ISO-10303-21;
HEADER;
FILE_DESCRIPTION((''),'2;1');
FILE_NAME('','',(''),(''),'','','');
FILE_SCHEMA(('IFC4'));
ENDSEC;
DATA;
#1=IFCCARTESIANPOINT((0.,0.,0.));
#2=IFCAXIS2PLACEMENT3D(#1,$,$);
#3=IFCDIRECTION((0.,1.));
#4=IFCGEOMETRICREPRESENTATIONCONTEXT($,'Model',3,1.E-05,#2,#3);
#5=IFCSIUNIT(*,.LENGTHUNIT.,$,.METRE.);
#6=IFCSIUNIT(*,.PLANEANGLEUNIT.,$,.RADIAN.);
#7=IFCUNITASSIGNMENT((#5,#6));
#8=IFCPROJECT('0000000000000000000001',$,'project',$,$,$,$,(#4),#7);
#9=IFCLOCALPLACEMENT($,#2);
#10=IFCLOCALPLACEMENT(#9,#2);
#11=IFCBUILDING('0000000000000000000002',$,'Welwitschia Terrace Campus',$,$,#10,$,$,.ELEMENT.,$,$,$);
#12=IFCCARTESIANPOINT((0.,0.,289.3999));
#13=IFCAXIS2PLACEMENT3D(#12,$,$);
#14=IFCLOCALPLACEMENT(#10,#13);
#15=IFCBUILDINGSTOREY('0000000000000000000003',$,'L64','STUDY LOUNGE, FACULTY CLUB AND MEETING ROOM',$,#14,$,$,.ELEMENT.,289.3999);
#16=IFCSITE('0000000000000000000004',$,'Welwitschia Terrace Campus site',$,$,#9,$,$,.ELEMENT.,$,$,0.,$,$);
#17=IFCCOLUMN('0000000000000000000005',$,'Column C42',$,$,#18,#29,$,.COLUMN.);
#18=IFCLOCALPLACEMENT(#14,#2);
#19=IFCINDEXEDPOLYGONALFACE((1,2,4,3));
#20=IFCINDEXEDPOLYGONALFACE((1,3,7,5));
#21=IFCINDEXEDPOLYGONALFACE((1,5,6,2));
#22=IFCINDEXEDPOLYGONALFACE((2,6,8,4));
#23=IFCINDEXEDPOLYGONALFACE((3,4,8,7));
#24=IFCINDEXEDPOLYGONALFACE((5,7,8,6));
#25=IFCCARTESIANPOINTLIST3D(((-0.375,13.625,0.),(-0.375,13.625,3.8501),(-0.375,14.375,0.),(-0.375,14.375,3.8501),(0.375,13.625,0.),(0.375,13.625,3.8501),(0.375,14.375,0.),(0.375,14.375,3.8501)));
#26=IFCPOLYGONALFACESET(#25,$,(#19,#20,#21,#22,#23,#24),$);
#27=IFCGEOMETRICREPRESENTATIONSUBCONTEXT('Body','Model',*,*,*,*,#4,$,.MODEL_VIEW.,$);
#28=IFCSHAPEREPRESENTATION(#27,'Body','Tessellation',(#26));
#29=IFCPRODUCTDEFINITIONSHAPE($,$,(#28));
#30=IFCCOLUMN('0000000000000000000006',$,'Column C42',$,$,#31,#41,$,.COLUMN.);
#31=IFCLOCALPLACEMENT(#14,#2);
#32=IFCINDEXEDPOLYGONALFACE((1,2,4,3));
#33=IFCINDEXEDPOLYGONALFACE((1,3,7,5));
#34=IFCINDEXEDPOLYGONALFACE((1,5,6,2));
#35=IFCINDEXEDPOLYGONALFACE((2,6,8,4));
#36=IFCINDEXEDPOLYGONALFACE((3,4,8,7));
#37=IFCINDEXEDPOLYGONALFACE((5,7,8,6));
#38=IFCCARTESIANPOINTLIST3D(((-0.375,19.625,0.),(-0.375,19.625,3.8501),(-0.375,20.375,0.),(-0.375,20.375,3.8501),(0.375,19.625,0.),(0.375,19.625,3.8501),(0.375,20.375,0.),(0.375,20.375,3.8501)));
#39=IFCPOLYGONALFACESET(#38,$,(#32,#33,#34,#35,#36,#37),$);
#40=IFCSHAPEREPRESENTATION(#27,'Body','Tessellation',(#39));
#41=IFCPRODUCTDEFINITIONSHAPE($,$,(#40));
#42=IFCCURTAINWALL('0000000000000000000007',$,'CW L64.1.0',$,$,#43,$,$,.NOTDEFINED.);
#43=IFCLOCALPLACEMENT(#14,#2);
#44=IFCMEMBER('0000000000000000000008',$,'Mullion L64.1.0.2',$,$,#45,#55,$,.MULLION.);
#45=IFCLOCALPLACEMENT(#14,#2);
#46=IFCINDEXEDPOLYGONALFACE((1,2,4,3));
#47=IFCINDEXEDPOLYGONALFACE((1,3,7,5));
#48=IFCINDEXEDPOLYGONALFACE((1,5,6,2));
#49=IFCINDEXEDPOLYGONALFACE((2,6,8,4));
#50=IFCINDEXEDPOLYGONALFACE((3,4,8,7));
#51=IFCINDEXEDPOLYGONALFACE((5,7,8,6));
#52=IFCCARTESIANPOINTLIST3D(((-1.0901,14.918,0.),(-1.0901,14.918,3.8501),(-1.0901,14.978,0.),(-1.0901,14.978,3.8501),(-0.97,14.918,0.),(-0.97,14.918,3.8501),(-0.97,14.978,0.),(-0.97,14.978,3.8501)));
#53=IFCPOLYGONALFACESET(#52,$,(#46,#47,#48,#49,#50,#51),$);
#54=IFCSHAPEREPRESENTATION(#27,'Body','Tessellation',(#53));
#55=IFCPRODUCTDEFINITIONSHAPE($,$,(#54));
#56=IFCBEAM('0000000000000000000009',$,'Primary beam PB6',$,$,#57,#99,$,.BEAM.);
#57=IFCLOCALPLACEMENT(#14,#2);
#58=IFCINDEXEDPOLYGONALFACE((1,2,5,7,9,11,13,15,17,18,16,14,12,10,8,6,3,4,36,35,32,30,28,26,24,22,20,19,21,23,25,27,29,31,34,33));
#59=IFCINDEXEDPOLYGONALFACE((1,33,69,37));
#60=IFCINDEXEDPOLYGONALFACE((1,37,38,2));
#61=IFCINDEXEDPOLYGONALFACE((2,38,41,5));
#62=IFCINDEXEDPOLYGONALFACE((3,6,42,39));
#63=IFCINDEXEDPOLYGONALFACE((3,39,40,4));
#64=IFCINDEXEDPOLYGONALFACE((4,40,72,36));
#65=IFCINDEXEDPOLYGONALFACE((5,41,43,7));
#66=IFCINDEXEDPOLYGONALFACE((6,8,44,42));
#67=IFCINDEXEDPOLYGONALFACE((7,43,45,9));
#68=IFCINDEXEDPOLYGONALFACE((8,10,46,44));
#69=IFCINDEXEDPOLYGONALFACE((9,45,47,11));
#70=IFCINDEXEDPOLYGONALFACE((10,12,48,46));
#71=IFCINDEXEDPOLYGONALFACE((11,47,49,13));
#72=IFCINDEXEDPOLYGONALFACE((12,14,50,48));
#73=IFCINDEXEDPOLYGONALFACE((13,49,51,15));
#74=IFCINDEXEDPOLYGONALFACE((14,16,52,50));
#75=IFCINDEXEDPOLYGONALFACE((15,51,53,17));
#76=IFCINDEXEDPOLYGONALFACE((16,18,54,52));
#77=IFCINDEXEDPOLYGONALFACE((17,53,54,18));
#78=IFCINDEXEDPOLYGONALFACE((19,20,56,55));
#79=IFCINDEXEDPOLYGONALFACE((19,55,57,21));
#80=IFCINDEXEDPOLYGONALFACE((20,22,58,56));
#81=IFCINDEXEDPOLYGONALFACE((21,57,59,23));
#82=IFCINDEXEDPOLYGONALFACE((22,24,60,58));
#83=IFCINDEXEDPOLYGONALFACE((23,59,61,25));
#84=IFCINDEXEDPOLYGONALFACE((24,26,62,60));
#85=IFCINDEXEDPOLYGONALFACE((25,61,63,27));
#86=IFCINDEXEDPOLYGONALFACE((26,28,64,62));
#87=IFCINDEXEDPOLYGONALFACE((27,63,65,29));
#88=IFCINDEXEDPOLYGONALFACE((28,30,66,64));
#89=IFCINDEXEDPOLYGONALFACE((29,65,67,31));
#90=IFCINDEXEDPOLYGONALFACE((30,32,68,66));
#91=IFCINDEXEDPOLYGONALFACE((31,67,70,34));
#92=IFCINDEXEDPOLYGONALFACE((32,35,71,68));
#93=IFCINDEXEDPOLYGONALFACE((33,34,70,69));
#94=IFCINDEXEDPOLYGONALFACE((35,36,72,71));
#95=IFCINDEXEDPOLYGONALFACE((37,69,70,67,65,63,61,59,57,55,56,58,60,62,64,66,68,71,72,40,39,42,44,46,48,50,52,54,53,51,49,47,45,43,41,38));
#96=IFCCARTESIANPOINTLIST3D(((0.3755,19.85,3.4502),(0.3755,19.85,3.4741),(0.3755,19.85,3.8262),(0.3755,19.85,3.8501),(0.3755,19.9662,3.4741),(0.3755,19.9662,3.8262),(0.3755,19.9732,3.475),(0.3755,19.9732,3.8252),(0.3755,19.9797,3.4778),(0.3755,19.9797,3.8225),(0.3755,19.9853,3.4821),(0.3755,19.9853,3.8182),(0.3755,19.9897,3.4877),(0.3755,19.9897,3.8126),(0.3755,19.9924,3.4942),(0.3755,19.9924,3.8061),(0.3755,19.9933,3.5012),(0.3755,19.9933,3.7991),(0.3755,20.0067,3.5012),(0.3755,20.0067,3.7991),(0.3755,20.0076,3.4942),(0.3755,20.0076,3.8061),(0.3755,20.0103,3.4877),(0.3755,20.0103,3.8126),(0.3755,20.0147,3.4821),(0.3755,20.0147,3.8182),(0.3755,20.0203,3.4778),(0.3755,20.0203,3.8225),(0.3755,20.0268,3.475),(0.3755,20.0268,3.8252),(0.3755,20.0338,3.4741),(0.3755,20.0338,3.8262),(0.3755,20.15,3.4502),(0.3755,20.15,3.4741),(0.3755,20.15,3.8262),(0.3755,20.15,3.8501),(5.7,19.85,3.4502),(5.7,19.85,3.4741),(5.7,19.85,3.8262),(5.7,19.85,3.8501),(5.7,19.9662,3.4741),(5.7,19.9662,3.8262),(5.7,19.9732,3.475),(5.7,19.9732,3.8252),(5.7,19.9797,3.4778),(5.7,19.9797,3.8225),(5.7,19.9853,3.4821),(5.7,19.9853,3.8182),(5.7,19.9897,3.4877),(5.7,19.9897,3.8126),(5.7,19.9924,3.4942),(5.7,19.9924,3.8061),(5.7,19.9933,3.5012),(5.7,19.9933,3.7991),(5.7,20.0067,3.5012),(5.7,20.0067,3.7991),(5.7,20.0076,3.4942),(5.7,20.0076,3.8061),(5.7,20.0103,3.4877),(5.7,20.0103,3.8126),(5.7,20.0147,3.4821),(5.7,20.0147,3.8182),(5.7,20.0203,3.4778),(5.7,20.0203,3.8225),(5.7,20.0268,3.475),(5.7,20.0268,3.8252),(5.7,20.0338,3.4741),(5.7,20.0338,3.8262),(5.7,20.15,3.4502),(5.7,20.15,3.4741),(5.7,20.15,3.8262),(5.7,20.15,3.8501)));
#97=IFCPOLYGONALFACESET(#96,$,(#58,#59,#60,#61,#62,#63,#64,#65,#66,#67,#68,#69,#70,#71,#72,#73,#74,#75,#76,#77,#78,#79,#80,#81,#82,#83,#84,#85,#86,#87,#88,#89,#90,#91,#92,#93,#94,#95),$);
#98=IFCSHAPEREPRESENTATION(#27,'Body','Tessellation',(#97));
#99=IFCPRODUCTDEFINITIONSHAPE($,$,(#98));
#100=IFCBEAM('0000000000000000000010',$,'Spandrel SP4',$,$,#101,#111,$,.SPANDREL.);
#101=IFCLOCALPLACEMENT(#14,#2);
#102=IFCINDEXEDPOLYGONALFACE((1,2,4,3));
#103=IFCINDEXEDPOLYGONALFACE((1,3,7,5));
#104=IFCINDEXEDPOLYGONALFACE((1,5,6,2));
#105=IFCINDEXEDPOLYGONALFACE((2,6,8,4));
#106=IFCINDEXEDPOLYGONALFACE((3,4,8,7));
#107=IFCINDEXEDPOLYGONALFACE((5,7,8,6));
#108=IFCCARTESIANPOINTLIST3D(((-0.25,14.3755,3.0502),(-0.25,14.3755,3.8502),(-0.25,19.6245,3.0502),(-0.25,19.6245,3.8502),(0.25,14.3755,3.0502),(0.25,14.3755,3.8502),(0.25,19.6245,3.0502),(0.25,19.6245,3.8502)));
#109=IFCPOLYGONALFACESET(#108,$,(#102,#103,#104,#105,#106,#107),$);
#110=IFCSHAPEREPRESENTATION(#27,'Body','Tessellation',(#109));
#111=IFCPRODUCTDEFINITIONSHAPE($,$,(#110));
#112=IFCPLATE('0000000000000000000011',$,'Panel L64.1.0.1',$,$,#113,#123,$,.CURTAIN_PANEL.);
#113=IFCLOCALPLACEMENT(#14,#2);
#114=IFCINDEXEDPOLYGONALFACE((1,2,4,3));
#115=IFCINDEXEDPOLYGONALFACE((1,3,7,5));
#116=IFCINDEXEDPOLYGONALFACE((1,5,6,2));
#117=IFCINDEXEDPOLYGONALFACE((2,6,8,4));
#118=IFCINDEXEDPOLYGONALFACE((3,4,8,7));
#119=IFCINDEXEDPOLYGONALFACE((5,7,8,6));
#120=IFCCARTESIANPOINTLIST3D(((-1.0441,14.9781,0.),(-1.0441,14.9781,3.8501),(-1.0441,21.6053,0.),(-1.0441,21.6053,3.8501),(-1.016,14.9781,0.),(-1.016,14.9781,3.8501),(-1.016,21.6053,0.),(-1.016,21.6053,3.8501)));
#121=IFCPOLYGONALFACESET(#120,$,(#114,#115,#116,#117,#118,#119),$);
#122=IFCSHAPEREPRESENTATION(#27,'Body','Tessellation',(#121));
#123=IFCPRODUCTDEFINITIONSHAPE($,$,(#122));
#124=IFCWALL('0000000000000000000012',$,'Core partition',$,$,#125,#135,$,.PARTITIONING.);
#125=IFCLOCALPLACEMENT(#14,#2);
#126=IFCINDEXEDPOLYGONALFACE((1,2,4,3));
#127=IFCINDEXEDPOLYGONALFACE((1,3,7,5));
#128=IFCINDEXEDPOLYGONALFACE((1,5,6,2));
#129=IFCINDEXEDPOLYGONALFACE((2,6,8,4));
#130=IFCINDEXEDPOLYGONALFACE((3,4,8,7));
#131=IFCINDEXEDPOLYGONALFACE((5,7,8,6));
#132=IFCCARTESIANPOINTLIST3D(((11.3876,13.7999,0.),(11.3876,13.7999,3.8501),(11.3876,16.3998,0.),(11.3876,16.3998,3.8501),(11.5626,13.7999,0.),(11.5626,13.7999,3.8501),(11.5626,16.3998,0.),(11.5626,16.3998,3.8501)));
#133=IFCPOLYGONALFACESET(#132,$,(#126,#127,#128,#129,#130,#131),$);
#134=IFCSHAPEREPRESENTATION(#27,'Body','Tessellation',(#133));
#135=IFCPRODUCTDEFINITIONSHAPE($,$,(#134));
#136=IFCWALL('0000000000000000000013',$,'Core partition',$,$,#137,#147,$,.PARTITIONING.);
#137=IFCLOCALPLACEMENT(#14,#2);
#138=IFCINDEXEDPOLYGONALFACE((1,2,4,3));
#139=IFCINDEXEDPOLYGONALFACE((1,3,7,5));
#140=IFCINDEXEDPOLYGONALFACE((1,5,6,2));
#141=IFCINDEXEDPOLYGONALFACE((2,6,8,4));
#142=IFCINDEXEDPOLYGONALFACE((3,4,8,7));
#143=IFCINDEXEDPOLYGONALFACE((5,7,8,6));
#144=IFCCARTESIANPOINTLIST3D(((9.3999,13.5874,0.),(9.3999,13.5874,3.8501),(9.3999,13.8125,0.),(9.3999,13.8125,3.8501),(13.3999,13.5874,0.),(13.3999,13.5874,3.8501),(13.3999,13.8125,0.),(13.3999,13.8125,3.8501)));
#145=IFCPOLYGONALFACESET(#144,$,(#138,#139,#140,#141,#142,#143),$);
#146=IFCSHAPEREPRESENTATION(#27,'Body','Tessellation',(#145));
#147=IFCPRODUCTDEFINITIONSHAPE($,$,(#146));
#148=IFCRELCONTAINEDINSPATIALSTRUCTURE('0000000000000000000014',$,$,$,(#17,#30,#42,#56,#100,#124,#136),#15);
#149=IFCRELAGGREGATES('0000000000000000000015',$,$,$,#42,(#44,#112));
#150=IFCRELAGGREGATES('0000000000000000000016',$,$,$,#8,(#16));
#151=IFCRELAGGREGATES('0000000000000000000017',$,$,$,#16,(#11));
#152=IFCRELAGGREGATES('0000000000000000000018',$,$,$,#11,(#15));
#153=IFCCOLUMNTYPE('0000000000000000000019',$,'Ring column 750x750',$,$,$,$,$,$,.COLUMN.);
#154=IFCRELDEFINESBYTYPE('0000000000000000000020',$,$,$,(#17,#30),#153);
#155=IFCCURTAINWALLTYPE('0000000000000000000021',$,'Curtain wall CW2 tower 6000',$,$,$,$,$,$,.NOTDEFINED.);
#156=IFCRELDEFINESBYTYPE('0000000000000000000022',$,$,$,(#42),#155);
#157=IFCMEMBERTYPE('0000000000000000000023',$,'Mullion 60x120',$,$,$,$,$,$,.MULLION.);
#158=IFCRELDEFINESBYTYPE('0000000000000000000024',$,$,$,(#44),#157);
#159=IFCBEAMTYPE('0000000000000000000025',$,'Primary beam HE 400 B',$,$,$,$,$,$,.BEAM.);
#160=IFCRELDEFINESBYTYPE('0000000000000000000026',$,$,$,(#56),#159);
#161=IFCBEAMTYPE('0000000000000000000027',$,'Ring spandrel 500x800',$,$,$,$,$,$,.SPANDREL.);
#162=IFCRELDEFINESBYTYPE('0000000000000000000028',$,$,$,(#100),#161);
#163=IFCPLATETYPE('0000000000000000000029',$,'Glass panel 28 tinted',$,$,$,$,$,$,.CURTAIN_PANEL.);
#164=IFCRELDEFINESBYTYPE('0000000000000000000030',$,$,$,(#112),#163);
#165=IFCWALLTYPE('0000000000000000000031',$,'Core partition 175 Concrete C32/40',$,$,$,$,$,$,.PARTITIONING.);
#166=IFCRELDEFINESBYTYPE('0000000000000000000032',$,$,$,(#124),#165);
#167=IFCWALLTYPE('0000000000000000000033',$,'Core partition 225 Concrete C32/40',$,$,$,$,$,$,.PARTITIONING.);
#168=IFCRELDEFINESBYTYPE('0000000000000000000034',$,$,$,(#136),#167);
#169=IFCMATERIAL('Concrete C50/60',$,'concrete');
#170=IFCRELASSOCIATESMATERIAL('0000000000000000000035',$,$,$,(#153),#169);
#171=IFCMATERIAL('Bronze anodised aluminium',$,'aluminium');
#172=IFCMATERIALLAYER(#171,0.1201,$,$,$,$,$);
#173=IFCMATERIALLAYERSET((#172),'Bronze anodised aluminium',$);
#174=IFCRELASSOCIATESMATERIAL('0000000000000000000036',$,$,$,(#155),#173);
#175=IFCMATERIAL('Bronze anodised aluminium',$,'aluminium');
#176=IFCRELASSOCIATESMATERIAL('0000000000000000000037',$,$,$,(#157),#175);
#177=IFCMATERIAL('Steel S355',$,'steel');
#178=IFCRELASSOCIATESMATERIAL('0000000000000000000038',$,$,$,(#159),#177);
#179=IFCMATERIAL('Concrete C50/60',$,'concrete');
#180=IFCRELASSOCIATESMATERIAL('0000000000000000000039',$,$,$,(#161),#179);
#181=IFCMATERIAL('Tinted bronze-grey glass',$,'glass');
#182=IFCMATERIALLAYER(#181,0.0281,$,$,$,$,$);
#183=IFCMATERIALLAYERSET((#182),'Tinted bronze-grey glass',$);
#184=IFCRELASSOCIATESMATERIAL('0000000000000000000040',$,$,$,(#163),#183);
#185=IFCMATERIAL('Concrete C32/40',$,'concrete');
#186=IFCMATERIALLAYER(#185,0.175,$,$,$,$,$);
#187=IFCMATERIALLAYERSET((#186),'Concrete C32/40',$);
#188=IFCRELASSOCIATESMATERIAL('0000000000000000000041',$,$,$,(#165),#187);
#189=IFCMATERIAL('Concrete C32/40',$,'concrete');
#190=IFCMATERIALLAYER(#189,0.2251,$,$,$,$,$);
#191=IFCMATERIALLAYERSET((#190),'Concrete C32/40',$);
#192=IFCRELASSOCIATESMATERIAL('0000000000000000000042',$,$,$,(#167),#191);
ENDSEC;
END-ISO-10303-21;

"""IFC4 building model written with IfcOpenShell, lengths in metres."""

from ifc_helpers import new_model, si_unit, direction, frame, frame_2d, origin, origin_2d, place, context, subcontext, project, spatial, rectangle, i_section, extrude, material, layer, layer_set, material_profile, profile_set, type_object, element, aggregate, save


model = new_model("IFC4")

# Units and contexts
model_context = context("Model", 3, precision=1e-05, world=origin(), true_north=direction((0.0, 1.0)))
body_context = subcontext(model_context, "Body", "Model", "MODEL_VIEW")
ifc_project = project(units=[si_unit("LENGTHUNIT", "METRE"), si_unit("PLANEANGLEUNIT", "RADIAN")], contexts=[model_context])

# Site, building, storey
site_placement = place(None, origin())
site = spatial("IfcSite", under=ifc_project, at=site_placement, Name="Welwitschia Terrace Campus site", CompositionType="ELEMENT", RefElevation=0.0)
building_placement = place(site_placement, origin())
building = spatial("IfcBuilding", under=site, at=building_placement, Name="Welwitschia Terrace Campus", CompositionType="ELEMENT")
storey_placement = place(building_placement, frame((0.0, 0.0, 289.3999)))
storey = spatial("IfcBuildingStorey", under=building, at=storey_placement, Name="L64", Description="STUDY LOUNGE, FACULTY CLUB AND MEETING ROOM", CompositionType="ELEMENT", Elevation=289.3999)

# Columns
ifc_material_1 = material(Name="Concrete C50/60", Category="concrete")
ifc_material_profile_1 = material_profile(ifc_material_1, rectangle(XDim=0.75, YDim=0.75, at=origin_2d()))
ifc_profile_set_1 = profile_set([ifc_material_profile_1], Name="Concrete C50/60")
column_type = type_object("IfcColumnType", Name="Ring column 750x750", PredefinedType="COLUMN", material=ifc_profile_set_1)
for number, where, z_axis, x_axis, name in (
    (1, (0.0, 14.0, 0.0), (0.0, 0.0, 1.0), (1.0, 0.0, 0.0), "Column C42"),
    (2, (0.0, 20.0, 0.0), (0.0, 0.0, 1.0), (1.0, 0.0, 0.0), "Column C42"),
):
    element("IfcColumn", number, at=place(storey_placement, frame(where, z_axis=z_axis, x_axis=x_axis)), inside=storey, type_object=column_type, Name=name, PredefinedType="COLUMN", context=body_context, shape_type="SweptSolid", body=[
        extrude(rectangle(XDim=0.75, YDim=0.75, at=origin_2d()), origin(), (0.0, 0.0, 1.0), 3.8501),
    ])

# Curtain wall, member
ifc_material_2 = material(Name="Bronze anodised aluminium", Category="aluminium")
ifc_layer_1 = layer(ifc_material_2, 0.1201)
ifc_layer_set_1 = layer_set([ifc_layer_1], Name="Bronze anodised aluminium")
curtain_wall_type = type_object("IfcCurtainWallType", Name="Curtain wall CW2 tower 6000", PredefinedType="NOTDEFINED", material=ifc_layer_set_1)
curtain_wall_placement = place(storey_placement, origin())
curtain_wall = element("IfcCurtainWall", 3, at=curtain_wall_placement, inside=storey, type_object=curtain_wall_type, Name="CW L64.1.0", PredefinedType="NOTDEFINED")
ifc_material_3 = material(Name="Bronze anodised aluminium", Category="aluminium")
ifc_material_profile_2 = material_profile(ifc_material_3, rectangle(XDim=0.1201, YDim=0.0601, at=origin_2d()))
ifc_profile_set_2 = profile_set([ifc_material_profile_2], Name="Bronze anodised aluminium")
member_type = type_object("IfcMemberType", Name="Mullion 60x120", PredefinedType="MULLION", material=ifc_profile_set_2)
member_placement = place(storey_placement, frame((-1.03, 14.948, 0.0), z_axis=(0.0, 0.0, 1.0), x_axis=(1.0, 0.0, 0.0)))
member = element("IfcMember", 4, at=member_placement, type_object=member_type, Name="Mullion L64.1.0.2", PredefinedType="MULLION", context=body_context, shape_type="SweptSolid", body=[
    extrude(rectangle(XDim=0.1201, YDim=0.0601, at=origin_2d()), origin(), (0.0, 0.0, 1.0), 3.8501),
])

# Beams
ifc_material_4 = material(Name="Steel S355", Category="steel")
ifc_material_profile_3 = material_profile(ifc_material_4, i_section(OverallWidth=0.3, OverallDepth=0.3999, WebThickness=0.0134, FlangeThickness=0.0239, FilletRadius=0.0271, at=origin_2d()))
ifc_profile_set_3 = profile_set([ifc_material_profile_3], Name="Steel S355")
beam_type_1 = type_object("IfcBeamType", Name="Primary beam HE 400 B", PredefinedType="BEAM", material=ifc_profile_set_3)
beam_1_placement = place(storey_placement, frame((0.3755, 20.0, 3.6501), z_axis=(1.0, 0.0, 0.0), x_axis=(0.0, 1.0, 0.0)))
element("IfcBeam", 5, at=beam_1_placement, inside=storey, type_object=beam_type_1, Name="Primary beam PB6", PredefinedType="BEAM", context=body_context, shape_type="SweptSolid", body=[
    extrude(i_section(OverallWidth=0.3, OverallDepth=0.3999, WebThickness=0.0134, FlangeThickness=0.0239, FilletRadius=0.0271, at=origin_2d()), origin(), (0.0, 0.0, 1.0), 5.3245),
])
ifc_material_5 = material(Name="Concrete C50/60", Category="concrete")
ifc_material_profile_4 = material_profile(ifc_material_5, rectangle(XDim=0.5, YDim=0.8, at=origin_2d()))
ifc_profile_set_4 = profile_set([ifc_material_profile_4], Name="Concrete C50/60")
beam_type_2 = type_object("IfcBeamType", Name="Ring spandrel 500x800", PredefinedType="SPANDREL", material=ifc_profile_set_4)
beam_2_placement = place(storey_placement, frame((0.0, 19.6245, 3.4502), z_axis=(0.0, -1.0, 0.0), x_axis=(1.0, 0.0, 0.0)))
element("IfcBeam", 6, at=beam_2_placement, inside=storey, type_object=beam_type_2, Name="Spandrel SP4", PredefinedType="SPANDREL", context=body_context, shape_type="SweptSolid", body=[
    extrude(rectangle(XDim=0.5, YDim=0.8, at=origin_2d()), origin(), (0.0, 0.0, 1.0), 5.249),
])

# Plate
ifc_material_6 = material(Name="Tinted bronze-grey glass", Category="glass")
ifc_layer_2 = layer(ifc_material_6, 0.0281)
ifc_layer_set_2 = layer_set([ifc_layer_2], Name="Tinted bronze-grey glass")
plate_type = type_object("IfcPlateType", Name="Glass panel 28 tinted", PredefinedType="CURTAIN_PANEL", material=ifc_layer_set_2)
plate_placement = place(storey_placement, frame((-1.03, 18.2917, 0.0), z_axis=(0.0, 0.0, 1.0), x_axis=(0.0, -1.0, 0.0)))
plate = element("IfcPlate", 7, at=plate_placement, type_object=plate_type, Name="Panel L64.1.0.1", PredefinedType="CURTAIN_PANEL", context=body_context, shape_type="SweptSolid", body=[
    extrude(rectangle(XDim=6.6272, YDim=0.0281, at=origin_2d()), origin(), (0.0, 0.0, 1.0), 3.8501),
])
aggregate(curtain_wall, [member, plate])

# Walls
ifc_material_7 = material(Name="Concrete C32/40", Category="concrete")
ifc_layer_3 = layer(ifc_material_7, 0.175)
ifc_layer_set_3 = layer_set([ifc_layer_3], Name="Concrete C32/40")
wall_type_1 = type_object("IfcWallType", Name="Core partition 175 Concrete C32/40", PredefinedType="PARTITIONING", material=ifc_layer_set_3)
wall_1_placement = place(storey_placement, frame((11.4751, 13.8, 0.0), z_axis=(0.0, 0.0, 1.0), x_axis=(0.0, 1.0, 0.0)))
element("IfcWall", 8, at=wall_1_placement, inside=storey, type_object=wall_type_1, Name="Core partition", PredefinedType="PARTITIONING", context=body_context, shape_type="SweptSolid", body=[
    extrude(rectangle(XDim=2.5999, YDim=0.175, at=frame_2d((1.2998, 0.0))), origin(), (0.0, 0.0, 1.0), 3.8501),
])
ifc_material_8 = material(Name="Concrete C32/40", Category="concrete")
ifc_layer_4 = layer(ifc_material_8, 0.2251)
ifc_layer_set_4 = layer_set([ifc_layer_4], Name="Concrete C32/40")
wall_type_2 = type_object("IfcWallType", Name="Core partition 225 Concrete C32/40", PredefinedType="PARTITIONING", material=ifc_layer_set_4)
wall_2_placement = place(storey_placement, frame((9.3999, 13.7, 0.0), z_axis=(0.0, 0.0, 1.0), x_axis=(1.0, 0.0, 0.0)))
element("IfcWall", 9, at=wall_2_placement, inside=storey, type_object=wall_type_2, Name="Core partition", PredefinedType="PARTITIONING", context=body_context, shape_type="SweptSolid", body=[
    extrude(rectangle(XDim=4.0, YDim=0.2251, at=frame_2d((2.0, 0.0))), origin(), (0.0, 0.0, 1.0), 3.8501),
])

save(model, "model.ifc")
